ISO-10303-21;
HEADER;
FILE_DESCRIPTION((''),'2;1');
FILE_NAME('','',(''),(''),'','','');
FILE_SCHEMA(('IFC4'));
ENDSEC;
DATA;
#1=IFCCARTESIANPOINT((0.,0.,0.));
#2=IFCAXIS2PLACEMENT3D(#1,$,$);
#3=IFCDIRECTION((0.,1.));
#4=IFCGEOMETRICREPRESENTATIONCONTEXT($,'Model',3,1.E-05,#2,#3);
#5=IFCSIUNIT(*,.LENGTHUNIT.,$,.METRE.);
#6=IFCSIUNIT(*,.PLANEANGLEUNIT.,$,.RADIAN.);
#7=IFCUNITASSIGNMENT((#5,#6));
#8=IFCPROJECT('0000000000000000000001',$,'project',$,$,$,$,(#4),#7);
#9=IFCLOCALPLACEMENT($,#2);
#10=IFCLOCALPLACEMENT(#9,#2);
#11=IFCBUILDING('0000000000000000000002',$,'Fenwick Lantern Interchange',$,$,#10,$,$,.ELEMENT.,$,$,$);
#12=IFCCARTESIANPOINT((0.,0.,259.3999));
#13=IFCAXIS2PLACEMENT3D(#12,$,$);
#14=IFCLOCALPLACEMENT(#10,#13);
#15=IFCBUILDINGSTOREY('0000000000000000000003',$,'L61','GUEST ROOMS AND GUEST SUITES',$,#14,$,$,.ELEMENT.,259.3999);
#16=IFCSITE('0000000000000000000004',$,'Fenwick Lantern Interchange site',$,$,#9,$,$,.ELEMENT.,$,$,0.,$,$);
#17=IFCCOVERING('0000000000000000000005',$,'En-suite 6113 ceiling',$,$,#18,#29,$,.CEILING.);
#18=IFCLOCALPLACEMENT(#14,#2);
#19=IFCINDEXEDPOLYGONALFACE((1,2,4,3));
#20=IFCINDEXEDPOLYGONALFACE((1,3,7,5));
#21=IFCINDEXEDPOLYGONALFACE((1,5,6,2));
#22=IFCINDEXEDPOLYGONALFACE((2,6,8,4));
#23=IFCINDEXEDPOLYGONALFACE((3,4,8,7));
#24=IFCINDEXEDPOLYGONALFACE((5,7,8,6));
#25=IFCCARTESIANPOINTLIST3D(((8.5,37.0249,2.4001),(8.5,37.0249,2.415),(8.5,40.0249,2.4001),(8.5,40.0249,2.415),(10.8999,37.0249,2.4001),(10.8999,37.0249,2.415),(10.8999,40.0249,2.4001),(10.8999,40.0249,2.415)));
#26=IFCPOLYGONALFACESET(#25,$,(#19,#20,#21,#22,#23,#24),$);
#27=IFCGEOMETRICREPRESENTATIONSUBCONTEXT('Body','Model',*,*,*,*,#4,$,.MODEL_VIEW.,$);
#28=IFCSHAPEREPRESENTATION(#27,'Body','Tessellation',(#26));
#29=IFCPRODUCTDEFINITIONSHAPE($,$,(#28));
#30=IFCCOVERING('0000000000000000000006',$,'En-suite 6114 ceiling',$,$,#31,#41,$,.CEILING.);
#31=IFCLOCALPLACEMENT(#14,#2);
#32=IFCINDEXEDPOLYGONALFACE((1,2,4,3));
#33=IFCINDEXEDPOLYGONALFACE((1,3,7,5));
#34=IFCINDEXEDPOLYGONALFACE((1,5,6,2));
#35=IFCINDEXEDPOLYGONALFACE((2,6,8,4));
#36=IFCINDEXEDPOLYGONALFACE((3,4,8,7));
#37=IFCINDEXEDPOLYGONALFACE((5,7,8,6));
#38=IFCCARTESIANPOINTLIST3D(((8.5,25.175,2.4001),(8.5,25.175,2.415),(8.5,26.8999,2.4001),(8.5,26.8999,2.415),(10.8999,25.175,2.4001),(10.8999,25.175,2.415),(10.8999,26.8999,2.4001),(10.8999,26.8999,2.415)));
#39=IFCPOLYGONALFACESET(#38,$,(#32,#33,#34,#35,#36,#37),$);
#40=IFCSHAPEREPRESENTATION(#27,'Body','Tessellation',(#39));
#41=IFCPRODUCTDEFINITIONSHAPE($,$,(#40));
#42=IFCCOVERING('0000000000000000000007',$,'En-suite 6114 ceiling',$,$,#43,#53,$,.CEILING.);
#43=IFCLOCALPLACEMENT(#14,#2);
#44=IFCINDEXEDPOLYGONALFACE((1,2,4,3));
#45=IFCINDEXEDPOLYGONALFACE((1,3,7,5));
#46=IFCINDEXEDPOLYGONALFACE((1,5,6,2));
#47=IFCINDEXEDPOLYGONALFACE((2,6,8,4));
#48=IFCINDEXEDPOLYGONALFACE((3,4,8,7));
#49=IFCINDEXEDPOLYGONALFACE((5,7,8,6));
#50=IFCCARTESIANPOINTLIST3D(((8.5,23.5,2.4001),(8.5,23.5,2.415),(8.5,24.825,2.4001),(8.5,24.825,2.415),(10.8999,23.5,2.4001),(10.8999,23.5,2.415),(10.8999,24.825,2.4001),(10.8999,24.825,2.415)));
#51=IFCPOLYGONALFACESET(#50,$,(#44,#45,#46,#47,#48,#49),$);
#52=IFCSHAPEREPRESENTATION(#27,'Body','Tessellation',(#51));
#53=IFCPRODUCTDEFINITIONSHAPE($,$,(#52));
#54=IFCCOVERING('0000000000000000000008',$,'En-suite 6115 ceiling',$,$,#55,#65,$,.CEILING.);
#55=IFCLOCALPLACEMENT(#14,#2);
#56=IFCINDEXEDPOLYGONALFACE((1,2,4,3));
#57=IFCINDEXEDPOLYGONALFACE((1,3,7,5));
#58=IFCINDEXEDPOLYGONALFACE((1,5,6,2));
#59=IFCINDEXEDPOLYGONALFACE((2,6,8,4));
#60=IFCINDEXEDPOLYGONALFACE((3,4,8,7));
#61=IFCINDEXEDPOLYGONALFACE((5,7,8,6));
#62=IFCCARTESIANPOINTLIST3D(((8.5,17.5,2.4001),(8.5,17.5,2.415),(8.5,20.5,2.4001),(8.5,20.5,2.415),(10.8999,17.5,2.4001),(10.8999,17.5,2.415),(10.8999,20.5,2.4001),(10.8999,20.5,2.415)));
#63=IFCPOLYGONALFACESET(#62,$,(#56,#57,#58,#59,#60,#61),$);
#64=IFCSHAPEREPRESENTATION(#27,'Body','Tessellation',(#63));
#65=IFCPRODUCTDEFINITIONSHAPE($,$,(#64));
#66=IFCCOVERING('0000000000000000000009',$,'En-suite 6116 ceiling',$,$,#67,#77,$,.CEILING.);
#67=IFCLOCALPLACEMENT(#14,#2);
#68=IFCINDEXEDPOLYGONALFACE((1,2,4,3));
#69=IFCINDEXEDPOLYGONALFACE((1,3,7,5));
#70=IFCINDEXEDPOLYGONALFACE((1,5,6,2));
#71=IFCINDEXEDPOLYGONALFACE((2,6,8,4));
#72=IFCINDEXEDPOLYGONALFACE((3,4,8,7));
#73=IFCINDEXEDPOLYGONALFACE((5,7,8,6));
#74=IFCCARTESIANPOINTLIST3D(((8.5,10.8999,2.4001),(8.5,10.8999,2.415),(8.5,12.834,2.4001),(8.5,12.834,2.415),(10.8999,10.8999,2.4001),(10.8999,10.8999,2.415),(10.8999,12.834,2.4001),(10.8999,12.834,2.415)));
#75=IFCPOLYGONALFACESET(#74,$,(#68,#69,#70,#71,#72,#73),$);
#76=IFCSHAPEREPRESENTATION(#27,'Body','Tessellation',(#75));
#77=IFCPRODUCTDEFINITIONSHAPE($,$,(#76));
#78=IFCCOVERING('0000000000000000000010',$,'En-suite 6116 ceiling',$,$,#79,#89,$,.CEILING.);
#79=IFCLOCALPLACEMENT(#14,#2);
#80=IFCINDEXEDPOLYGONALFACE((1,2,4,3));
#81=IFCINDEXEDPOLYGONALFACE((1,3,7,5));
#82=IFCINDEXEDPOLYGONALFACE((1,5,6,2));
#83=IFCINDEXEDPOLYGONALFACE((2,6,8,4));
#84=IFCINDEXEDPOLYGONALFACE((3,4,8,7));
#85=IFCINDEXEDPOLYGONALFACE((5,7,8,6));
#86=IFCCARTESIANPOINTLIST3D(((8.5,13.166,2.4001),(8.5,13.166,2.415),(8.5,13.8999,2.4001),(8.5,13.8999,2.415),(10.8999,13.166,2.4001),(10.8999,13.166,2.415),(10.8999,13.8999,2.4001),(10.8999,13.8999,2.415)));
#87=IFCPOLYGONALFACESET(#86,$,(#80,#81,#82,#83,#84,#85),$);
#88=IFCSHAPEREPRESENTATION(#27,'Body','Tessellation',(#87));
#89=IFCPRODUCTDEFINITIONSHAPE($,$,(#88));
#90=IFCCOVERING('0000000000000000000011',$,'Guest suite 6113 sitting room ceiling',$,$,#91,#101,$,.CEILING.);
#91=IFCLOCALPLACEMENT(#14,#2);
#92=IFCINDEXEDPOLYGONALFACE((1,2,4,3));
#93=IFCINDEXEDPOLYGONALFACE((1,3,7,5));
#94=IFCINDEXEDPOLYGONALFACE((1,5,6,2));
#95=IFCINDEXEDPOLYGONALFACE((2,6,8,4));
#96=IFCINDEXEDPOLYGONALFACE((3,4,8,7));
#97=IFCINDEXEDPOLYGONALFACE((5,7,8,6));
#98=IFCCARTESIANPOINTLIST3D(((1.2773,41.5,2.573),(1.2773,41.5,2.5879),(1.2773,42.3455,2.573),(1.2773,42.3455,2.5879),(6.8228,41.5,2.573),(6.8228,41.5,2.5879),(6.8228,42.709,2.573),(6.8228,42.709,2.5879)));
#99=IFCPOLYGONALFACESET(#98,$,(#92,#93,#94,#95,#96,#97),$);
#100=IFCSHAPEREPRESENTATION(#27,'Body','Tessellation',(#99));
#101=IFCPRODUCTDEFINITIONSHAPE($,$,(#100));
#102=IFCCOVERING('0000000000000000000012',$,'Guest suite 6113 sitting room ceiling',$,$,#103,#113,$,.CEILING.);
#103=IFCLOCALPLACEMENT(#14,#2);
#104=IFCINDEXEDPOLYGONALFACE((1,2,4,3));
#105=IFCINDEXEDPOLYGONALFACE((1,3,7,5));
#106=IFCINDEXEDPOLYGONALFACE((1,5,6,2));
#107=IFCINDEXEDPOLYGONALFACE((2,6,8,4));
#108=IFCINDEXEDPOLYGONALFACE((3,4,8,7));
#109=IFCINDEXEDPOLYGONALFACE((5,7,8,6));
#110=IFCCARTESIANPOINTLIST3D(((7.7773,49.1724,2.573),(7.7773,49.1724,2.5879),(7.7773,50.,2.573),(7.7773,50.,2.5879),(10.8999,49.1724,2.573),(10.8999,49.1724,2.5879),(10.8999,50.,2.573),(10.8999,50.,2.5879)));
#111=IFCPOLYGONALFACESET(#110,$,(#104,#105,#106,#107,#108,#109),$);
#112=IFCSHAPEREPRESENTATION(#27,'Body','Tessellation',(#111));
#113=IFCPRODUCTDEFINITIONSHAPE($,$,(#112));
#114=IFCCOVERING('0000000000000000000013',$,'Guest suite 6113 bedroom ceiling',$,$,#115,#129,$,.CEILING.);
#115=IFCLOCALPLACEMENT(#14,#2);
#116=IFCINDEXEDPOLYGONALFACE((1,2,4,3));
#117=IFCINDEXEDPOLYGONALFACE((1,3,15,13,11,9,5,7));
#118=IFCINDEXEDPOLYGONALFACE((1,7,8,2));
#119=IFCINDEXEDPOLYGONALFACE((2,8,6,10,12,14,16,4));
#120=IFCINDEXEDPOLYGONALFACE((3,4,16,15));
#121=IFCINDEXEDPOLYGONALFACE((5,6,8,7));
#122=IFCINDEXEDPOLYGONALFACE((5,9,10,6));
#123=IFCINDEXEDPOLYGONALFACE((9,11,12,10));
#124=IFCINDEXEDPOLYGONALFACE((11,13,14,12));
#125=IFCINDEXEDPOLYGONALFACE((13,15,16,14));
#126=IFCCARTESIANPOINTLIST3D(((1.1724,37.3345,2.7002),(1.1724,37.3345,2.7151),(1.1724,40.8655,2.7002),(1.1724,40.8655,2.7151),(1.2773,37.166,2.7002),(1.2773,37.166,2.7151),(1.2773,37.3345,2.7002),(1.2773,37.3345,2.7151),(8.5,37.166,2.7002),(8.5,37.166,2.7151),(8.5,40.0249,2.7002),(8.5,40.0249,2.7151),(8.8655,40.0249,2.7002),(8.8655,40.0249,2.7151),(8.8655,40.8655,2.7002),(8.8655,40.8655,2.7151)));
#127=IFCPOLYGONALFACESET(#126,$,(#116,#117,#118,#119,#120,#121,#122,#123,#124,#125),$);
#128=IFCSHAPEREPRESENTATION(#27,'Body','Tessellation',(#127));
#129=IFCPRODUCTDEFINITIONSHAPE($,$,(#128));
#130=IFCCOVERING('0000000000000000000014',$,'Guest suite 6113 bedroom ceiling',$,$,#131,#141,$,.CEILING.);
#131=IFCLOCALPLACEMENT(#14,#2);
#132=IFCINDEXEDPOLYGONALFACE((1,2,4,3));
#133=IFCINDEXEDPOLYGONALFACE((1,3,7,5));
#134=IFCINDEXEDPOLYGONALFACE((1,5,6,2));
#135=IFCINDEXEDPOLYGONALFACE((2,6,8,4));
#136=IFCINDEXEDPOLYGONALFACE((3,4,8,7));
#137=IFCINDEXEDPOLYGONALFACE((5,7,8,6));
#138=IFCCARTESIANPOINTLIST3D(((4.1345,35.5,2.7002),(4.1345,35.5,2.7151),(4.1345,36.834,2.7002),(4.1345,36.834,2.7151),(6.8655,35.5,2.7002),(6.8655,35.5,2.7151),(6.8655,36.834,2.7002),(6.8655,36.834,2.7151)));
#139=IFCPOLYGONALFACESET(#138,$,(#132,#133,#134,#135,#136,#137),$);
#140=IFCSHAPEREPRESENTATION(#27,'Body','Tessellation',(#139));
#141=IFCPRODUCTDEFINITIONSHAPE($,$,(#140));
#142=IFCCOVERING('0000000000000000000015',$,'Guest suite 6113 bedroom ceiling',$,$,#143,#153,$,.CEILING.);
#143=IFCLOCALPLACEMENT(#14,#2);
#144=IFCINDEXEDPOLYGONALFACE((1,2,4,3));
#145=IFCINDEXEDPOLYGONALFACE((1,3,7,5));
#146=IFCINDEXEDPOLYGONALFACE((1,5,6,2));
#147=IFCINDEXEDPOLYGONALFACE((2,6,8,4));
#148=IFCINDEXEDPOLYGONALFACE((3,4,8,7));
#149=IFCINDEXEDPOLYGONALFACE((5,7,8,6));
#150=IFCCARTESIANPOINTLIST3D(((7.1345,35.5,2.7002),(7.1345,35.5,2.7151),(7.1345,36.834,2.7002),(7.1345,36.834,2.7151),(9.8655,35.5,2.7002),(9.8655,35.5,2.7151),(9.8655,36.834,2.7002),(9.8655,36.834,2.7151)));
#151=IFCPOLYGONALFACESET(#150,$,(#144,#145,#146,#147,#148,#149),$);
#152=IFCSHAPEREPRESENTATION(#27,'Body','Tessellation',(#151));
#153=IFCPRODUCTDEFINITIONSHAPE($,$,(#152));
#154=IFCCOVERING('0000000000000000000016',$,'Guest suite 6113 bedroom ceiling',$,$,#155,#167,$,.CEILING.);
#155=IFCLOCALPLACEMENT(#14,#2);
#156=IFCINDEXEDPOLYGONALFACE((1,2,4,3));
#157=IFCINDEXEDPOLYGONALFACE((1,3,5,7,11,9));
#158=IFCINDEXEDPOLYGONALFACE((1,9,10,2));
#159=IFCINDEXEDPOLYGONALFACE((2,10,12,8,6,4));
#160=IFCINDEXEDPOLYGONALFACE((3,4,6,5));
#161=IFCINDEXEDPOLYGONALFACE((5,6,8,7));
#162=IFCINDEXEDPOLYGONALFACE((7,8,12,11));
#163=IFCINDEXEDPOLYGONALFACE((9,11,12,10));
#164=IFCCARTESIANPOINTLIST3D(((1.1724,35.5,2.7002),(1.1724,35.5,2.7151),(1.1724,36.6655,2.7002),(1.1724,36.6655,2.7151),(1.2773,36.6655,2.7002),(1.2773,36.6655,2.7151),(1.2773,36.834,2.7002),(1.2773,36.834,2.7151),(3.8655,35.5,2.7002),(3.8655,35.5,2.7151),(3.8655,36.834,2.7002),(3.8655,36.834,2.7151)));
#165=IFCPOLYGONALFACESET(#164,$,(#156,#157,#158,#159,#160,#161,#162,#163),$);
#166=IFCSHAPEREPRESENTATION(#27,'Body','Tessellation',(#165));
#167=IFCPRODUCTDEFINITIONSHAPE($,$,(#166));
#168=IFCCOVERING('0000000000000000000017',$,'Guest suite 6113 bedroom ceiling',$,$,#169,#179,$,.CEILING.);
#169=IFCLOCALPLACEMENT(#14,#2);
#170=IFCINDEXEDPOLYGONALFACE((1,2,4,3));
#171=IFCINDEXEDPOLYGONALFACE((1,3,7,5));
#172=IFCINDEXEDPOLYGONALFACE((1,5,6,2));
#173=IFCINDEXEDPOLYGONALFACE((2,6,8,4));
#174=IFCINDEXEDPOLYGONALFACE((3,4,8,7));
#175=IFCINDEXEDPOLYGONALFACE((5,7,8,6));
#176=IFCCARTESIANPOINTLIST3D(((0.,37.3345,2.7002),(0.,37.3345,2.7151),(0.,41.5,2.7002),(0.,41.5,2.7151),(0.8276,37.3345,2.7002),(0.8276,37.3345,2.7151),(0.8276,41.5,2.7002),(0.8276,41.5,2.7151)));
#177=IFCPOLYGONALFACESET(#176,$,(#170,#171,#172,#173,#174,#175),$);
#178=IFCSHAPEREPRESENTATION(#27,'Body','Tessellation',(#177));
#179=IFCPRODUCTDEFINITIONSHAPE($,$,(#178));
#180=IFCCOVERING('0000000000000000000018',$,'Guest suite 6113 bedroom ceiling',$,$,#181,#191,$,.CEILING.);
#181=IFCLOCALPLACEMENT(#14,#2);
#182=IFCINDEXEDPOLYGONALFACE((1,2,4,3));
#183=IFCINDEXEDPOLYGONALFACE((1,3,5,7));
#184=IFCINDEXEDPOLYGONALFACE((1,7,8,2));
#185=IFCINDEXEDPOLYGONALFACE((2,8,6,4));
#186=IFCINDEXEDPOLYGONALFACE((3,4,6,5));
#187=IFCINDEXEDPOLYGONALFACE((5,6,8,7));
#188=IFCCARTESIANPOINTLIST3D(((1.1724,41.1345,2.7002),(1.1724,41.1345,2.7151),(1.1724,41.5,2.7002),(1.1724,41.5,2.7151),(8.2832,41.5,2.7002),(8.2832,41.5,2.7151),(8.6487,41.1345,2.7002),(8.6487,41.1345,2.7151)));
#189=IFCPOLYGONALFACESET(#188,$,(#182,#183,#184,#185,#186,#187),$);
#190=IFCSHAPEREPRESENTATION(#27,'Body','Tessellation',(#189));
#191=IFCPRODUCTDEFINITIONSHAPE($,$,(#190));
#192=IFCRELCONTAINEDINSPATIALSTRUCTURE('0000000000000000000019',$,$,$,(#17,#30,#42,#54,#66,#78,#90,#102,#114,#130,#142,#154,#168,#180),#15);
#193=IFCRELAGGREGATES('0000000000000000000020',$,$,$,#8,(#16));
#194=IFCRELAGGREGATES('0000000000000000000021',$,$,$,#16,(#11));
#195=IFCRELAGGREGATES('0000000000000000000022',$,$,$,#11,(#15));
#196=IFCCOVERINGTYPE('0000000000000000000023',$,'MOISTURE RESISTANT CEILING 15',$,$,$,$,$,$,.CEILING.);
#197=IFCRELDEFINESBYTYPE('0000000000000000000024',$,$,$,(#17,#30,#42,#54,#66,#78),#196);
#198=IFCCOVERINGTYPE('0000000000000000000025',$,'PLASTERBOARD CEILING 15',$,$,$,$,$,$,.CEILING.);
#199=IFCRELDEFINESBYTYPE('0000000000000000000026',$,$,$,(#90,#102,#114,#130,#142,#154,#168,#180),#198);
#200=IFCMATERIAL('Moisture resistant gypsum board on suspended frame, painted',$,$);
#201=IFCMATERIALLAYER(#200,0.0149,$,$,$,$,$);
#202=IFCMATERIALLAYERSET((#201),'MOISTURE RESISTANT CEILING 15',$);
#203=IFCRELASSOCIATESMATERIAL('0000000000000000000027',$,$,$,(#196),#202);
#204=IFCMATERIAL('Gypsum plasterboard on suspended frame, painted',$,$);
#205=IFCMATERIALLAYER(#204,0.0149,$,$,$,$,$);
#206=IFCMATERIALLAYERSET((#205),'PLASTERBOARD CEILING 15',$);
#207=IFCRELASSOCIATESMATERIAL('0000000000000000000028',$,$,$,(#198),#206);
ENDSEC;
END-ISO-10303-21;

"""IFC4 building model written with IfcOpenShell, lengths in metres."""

from ifc_helpers import new_model, si_unit, direction, frame, origin, place, context, subcontext, project, spatial, polyline, outline, extrude, material, layer, layer_set, type_object, element, save


model = new_model("IFC4")

# Units and contexts
model_context = context("Model", 3, precision=1e-05, world=origin(), true_north=direction((0.0, 1.0)))
body_context = subcontext(model_context, "Body", "Model", "MODEL_VIEW")
ifc_project = project(units=[si_unit("LENGTHUNIT", "METRE"), si_unit("PLANEANGLEUNIT", "RADIAN")], contexts=[model_context])

# Site, building, storey
site_placement = place(None, origin())
site = spatial("IfcSite", under=ifc_project, at=site_placement, Name="Fenwick Lantern Interchange site", CompositionType="ELEMENT", RefElevation=0.0)
building_placement = place(site_placement, origin())
building = spatial("IfcBuilding", under=site, at=building_placement, Name="Fenwick Lantern Interchange", CompositionType="ELEMENT")
storey_placement = place(building_placement, frame((0.0, 0.0, 259.3999)))
storey = spatial("IfcBuildingStorey", under=building, at=storey_placement, Name="L61", Description="GUEST ROOMS AND GUEST SUITES", CompositionType="ELEMENT", Elevation=259.3999)

# Coverings
ifc_material_1 = material(Name="Moisture resistant gypsum board on suspended frame, painted")
ifc_layer_1 = layer(ifc_material_1, 0.0149)
ifc_layer_set_1 = layer_set([ifc_layer_1], Name="MOISTURE RESISTANT CEILING 15")
covering_type_1 = type_object("IfcCoveringType", Name="MOISTURE RESISTANT CEILING 15", PredefinedType="CEILING", material=ifc_layer_set_1)
covering_1_placement = place(storey_placement, frame((0.0, 0.0, 2.4001)))
element("IfcCovering", 1, at=covering_1_placement, inside=storey, type_object=covering_type_1, Name="En-suite 6113 ceiling", PredefinedType="CEILING", context=body_context, shape_type="SweptSolid", body=[
    extrude(outline(polyline([(8.5, 40.0249), (8.5, 37.0249), (10.8999, 37.0249), (10.8999, 40.0249), (8.5, 40.0249)])), origin(), (0.0, 0.0, 1.0), 0.0149),
])
covering_2_placement = place(storey_placement, frame((0.0, 0.0, 2.4001)))
element("IfcCovering", 2, at=covering_2_placement, inside=storey, type_object=covering_type_1, Name="En-suite 6114 ceiling", PredefinedType="CEILING", context=body_context, shape_type="SweptSolid", body=[
    extrude(outline(polyline([(8.5, 26.8999), (8.5, 25.175), (10.8999, 25.175), (10.8999, 26.8999), (8.5, 26.8999)])), origin(), (0.0, 0.0, 1.0), 0.0149),
])
covering_3_placement = place(storey_placement, frame((0.0, 0.0, 2.4001)))
element("IfcCovering", 3, at=covering_3_placement, inside=storey, type_object=covering_type_1, Name="En-suite 6114 ceiling", PredefinedType="CEILING", context=body_context, shape_type="SweptSolid", body=[
    extrude(outline(polyline([(10.8999, 23.5), (10.8999, 24.825), (8.5, 24.825), (8.5, 23.5), (10.8999, 23.5)])), origin(), (0.0, 0.0, 1.0), 0.0149),
])
covering_4_placement = place(storey_placement, frame((0.0, 0.0, 2.4001)))
element("IfcCovering", 4, at=covering_4_placement, inside=storey, type_object=covering_type_1, Name="En-suite 6115 ceiling", PredefinedType="CEILING", context=body_context, shape_type="SweptSolid", body=[
    extrude(outline(polyline([(8.5, 20.5), (8.5, 17.5), (10.8999, 17.5), (10.8999, 20.5), (8.5, 20.5)])), origin(), (0.0, 0.0, 1.0), 0.0149),
])
covering_5_placement = place(storey_placement, frame((0.0, 0.0, 2.4001)))
element("IfcCovering", 5, at=covering_5_placement, inside=storey, type_object=covering_type_1, Name="En-suite 6116 ceiling", PredefinedType="CEILING", context=body_context, shape_type="SweptSolid", body=[
    extrude(outline(polyline([(10.8999, 10.8999), (10.8999, 12.834), (8.5, 12.834), (8.5, 10.8999), (10.8999, 10.8999)])), origin(), (0.0, 0.0, 1.0), 0.0149),
])
covering_6_placement = place(storey_placement, frame((0.0, 0.0, 2.4001)))
element("IfcCovering", 6, at=covering_6_placement, inside=storey, type_object=covering_type_1, Name="En-suite 6116 ceiling", PredefinedType="CEILING", context=body_context, shape_type="SweptSolid", body=[
    extrude(outline(polyline([(8.5, 13.8999), (8.5, 13.166), (10.8999, 13.166), (10.8999, 13.8999), (8.5, 13.8999)])), origin(), (0.0, 0.0, 1.0), 0.0149),
])
ifc_material_2 = material(Name="Gypsum plasterboard on suspended frame, painted")
ifc_layer_2 = layer(ifc_material_2, 0.0149)
ifc_layer_set_2 = layer_set([ifc_layer_2], Name="PLASTERBOARD CEILING 15")
covering_type_2 = type_object("IfcCoveringType", Name="PLASTERBOARD CEILING 15", PredefinedType="CEILING", material=ifc_layer_set_2)
covering_7_placement = place(storey_placement, frame((0.0, 0.0, 2.573)))
element("IfcCovering", 7, at=covering_7_placement, inside=storey, type_object=covering_type_2, Name="Guest suite 6113 sitting room ceiling", PredefinedType="CEILING", context=body_context, shape_type="SweptSolid", body=[
    extrude(outline(polyline([(6.8228, 41.5), (6.8228, 42.709), (1.2773, 42.3455), (1.2773, 41.5), (6.8228, 41.5)])), origin(), (0.0, 0.0, 1.0), 0.0149),
])
covering_8_placement = place(storey_placement, frame((0.0, 0.0, 2.573)))
element("IfcCovering", 8, at=covering_8_placement, inside=storey, type_object=covering_type_2, Name="Guest suite 6113 sitting room ceiling", PredefinedType="CEILING", context=body_context, shape_type="SweptSolid", body=[
    extrude(outline(polyline([(7.7773, 50.0), (7.7773, 49.1724), (10.8999, 49.1724), (10.8999, 50.0), (7.7773, 50.0)])), origin(), (0.0, 0.0, 1.0), 0.0149),
])
covering_9_placement = place(storey_placement, frame((0.0, 0.0, 2.7002)))
element("IfcCovering", 9, at=covering_9_placement, inside=storey, type_object=covering_type_2, Name="Guest suite 6113 bedroom ceiling", PredefinedType="CEILING", context=body_context, shape_type="SweptSolid", body=[
    extrude(outline(polyline([(1.2773, 37.3345), (1.2773, 37.166), (8.5, 37.166), (8.5, 40.0249), (8.8655, 40.0249), (8.8655, 40.8655), (1.1724, 40.8655), (1.1724, 37.3345), (1.2773, 37.3345)])), origin(), (0.0, 0.0, 1.0), 0.0149),
])
covering_10_placement = place(storey_placement, frame((0.0, 0.0, 2.7002)))
element("IfcCovering", 10, at=covering_10_placement, inside=storey, type_object=covering_type_2, Name="Guest suite 6113 bedroom ceiling", PredefinedType="CEILING", context=body_context, shape_type="SweptSolid", body=[
    extrude(outline(polyline([(4.1345, 35.5), (6.8655, 35.5), (6.8655, 36.834), (4.1345, 36.834), (4.1345, 35.5)])), origin(), (0.0, 0.0, 1.0), 0.0149),
])
covering_11_placement = place(storey_placement, frame((0.0, 0.0, 2.7002)))
element("IfcCovering", 11, at=covering_11_placement, inside=storey, type_object=covering_type_2, Name="Guest suite 6113 bedroom ceiling", PredefinedType="CEILING", context=body_context, shape_type="SweptSolid", body=[
    extrude(outline(polyline([(7.1345, 35.5), (9.8655, 35.5), (9.8655, 36.834), (7.1345, 36.834), (7.1345, 35.5)])), origin(), (0.0, 0.0, 1.0), 0.0149),
])
covering_12_placement = place(storey_placement, frame((0.0, 0.0, 2.7002)))
element("IfcCovering", 12, at=covering_12_placement, inside=storey, type_object=covering_type_2, Name="Guest suite 6113 bedroom ceiling", PredefinedType="CEILING", context=body_context, shape_type="SweptSolid", body=[
    extrude(outline(polyline([(1.2773, 36.6655), (1.1724, 36.6655), (1.1724, 35.5), (3.8655, 35.5), (3.8655, 36.834), (1.2773, 36.834), (1.2773, 36.6655)])), origin(), (0.0, 0.0, 1.0), 0.0149),
])
covering_13_placement = place(storey_placement, frame((0.0, 0.0, 2.7002)))
element("IfcCovering", 13, at=covering_13_placement, inside=storey, type_object=covering_type_2, Name="Guest suite 6113 bedroom ceiling", PredefinedType="CEILING", context=body_context, shape_type="SweptSolid", body=[
    extrude(outline(polyline([(0.0, 37.3345), (0.8276, 37.3345), (0.8276, 41.5), (0.0, 41.5), (0.0, 37.3345)])), origin(), (0.0, 0.0, 1.0), 0.0149),
])
covering_14_placement = place(storey_placement, frame((0.0, 0.0, 2.7002)))
element("IfcCovering", 14, at=covering_14_placement, inside=storey, type_object=covering_type_2, Name="Guest suite 6113 bedroom ceiling", PredefinedType="CEILING", context=body_context, shape_type="SweptSolid", body=[
    extrude(outline(polyline([(8.2832, 41.5), (1.1724, 41.5), (1.1724, 41.1345), (8.6487, 41.1345), (8.2832, 41.5)])), origin(), (0.0, 0.0, 1.0), 0.0149),
])

save(model, "model.ifc")
